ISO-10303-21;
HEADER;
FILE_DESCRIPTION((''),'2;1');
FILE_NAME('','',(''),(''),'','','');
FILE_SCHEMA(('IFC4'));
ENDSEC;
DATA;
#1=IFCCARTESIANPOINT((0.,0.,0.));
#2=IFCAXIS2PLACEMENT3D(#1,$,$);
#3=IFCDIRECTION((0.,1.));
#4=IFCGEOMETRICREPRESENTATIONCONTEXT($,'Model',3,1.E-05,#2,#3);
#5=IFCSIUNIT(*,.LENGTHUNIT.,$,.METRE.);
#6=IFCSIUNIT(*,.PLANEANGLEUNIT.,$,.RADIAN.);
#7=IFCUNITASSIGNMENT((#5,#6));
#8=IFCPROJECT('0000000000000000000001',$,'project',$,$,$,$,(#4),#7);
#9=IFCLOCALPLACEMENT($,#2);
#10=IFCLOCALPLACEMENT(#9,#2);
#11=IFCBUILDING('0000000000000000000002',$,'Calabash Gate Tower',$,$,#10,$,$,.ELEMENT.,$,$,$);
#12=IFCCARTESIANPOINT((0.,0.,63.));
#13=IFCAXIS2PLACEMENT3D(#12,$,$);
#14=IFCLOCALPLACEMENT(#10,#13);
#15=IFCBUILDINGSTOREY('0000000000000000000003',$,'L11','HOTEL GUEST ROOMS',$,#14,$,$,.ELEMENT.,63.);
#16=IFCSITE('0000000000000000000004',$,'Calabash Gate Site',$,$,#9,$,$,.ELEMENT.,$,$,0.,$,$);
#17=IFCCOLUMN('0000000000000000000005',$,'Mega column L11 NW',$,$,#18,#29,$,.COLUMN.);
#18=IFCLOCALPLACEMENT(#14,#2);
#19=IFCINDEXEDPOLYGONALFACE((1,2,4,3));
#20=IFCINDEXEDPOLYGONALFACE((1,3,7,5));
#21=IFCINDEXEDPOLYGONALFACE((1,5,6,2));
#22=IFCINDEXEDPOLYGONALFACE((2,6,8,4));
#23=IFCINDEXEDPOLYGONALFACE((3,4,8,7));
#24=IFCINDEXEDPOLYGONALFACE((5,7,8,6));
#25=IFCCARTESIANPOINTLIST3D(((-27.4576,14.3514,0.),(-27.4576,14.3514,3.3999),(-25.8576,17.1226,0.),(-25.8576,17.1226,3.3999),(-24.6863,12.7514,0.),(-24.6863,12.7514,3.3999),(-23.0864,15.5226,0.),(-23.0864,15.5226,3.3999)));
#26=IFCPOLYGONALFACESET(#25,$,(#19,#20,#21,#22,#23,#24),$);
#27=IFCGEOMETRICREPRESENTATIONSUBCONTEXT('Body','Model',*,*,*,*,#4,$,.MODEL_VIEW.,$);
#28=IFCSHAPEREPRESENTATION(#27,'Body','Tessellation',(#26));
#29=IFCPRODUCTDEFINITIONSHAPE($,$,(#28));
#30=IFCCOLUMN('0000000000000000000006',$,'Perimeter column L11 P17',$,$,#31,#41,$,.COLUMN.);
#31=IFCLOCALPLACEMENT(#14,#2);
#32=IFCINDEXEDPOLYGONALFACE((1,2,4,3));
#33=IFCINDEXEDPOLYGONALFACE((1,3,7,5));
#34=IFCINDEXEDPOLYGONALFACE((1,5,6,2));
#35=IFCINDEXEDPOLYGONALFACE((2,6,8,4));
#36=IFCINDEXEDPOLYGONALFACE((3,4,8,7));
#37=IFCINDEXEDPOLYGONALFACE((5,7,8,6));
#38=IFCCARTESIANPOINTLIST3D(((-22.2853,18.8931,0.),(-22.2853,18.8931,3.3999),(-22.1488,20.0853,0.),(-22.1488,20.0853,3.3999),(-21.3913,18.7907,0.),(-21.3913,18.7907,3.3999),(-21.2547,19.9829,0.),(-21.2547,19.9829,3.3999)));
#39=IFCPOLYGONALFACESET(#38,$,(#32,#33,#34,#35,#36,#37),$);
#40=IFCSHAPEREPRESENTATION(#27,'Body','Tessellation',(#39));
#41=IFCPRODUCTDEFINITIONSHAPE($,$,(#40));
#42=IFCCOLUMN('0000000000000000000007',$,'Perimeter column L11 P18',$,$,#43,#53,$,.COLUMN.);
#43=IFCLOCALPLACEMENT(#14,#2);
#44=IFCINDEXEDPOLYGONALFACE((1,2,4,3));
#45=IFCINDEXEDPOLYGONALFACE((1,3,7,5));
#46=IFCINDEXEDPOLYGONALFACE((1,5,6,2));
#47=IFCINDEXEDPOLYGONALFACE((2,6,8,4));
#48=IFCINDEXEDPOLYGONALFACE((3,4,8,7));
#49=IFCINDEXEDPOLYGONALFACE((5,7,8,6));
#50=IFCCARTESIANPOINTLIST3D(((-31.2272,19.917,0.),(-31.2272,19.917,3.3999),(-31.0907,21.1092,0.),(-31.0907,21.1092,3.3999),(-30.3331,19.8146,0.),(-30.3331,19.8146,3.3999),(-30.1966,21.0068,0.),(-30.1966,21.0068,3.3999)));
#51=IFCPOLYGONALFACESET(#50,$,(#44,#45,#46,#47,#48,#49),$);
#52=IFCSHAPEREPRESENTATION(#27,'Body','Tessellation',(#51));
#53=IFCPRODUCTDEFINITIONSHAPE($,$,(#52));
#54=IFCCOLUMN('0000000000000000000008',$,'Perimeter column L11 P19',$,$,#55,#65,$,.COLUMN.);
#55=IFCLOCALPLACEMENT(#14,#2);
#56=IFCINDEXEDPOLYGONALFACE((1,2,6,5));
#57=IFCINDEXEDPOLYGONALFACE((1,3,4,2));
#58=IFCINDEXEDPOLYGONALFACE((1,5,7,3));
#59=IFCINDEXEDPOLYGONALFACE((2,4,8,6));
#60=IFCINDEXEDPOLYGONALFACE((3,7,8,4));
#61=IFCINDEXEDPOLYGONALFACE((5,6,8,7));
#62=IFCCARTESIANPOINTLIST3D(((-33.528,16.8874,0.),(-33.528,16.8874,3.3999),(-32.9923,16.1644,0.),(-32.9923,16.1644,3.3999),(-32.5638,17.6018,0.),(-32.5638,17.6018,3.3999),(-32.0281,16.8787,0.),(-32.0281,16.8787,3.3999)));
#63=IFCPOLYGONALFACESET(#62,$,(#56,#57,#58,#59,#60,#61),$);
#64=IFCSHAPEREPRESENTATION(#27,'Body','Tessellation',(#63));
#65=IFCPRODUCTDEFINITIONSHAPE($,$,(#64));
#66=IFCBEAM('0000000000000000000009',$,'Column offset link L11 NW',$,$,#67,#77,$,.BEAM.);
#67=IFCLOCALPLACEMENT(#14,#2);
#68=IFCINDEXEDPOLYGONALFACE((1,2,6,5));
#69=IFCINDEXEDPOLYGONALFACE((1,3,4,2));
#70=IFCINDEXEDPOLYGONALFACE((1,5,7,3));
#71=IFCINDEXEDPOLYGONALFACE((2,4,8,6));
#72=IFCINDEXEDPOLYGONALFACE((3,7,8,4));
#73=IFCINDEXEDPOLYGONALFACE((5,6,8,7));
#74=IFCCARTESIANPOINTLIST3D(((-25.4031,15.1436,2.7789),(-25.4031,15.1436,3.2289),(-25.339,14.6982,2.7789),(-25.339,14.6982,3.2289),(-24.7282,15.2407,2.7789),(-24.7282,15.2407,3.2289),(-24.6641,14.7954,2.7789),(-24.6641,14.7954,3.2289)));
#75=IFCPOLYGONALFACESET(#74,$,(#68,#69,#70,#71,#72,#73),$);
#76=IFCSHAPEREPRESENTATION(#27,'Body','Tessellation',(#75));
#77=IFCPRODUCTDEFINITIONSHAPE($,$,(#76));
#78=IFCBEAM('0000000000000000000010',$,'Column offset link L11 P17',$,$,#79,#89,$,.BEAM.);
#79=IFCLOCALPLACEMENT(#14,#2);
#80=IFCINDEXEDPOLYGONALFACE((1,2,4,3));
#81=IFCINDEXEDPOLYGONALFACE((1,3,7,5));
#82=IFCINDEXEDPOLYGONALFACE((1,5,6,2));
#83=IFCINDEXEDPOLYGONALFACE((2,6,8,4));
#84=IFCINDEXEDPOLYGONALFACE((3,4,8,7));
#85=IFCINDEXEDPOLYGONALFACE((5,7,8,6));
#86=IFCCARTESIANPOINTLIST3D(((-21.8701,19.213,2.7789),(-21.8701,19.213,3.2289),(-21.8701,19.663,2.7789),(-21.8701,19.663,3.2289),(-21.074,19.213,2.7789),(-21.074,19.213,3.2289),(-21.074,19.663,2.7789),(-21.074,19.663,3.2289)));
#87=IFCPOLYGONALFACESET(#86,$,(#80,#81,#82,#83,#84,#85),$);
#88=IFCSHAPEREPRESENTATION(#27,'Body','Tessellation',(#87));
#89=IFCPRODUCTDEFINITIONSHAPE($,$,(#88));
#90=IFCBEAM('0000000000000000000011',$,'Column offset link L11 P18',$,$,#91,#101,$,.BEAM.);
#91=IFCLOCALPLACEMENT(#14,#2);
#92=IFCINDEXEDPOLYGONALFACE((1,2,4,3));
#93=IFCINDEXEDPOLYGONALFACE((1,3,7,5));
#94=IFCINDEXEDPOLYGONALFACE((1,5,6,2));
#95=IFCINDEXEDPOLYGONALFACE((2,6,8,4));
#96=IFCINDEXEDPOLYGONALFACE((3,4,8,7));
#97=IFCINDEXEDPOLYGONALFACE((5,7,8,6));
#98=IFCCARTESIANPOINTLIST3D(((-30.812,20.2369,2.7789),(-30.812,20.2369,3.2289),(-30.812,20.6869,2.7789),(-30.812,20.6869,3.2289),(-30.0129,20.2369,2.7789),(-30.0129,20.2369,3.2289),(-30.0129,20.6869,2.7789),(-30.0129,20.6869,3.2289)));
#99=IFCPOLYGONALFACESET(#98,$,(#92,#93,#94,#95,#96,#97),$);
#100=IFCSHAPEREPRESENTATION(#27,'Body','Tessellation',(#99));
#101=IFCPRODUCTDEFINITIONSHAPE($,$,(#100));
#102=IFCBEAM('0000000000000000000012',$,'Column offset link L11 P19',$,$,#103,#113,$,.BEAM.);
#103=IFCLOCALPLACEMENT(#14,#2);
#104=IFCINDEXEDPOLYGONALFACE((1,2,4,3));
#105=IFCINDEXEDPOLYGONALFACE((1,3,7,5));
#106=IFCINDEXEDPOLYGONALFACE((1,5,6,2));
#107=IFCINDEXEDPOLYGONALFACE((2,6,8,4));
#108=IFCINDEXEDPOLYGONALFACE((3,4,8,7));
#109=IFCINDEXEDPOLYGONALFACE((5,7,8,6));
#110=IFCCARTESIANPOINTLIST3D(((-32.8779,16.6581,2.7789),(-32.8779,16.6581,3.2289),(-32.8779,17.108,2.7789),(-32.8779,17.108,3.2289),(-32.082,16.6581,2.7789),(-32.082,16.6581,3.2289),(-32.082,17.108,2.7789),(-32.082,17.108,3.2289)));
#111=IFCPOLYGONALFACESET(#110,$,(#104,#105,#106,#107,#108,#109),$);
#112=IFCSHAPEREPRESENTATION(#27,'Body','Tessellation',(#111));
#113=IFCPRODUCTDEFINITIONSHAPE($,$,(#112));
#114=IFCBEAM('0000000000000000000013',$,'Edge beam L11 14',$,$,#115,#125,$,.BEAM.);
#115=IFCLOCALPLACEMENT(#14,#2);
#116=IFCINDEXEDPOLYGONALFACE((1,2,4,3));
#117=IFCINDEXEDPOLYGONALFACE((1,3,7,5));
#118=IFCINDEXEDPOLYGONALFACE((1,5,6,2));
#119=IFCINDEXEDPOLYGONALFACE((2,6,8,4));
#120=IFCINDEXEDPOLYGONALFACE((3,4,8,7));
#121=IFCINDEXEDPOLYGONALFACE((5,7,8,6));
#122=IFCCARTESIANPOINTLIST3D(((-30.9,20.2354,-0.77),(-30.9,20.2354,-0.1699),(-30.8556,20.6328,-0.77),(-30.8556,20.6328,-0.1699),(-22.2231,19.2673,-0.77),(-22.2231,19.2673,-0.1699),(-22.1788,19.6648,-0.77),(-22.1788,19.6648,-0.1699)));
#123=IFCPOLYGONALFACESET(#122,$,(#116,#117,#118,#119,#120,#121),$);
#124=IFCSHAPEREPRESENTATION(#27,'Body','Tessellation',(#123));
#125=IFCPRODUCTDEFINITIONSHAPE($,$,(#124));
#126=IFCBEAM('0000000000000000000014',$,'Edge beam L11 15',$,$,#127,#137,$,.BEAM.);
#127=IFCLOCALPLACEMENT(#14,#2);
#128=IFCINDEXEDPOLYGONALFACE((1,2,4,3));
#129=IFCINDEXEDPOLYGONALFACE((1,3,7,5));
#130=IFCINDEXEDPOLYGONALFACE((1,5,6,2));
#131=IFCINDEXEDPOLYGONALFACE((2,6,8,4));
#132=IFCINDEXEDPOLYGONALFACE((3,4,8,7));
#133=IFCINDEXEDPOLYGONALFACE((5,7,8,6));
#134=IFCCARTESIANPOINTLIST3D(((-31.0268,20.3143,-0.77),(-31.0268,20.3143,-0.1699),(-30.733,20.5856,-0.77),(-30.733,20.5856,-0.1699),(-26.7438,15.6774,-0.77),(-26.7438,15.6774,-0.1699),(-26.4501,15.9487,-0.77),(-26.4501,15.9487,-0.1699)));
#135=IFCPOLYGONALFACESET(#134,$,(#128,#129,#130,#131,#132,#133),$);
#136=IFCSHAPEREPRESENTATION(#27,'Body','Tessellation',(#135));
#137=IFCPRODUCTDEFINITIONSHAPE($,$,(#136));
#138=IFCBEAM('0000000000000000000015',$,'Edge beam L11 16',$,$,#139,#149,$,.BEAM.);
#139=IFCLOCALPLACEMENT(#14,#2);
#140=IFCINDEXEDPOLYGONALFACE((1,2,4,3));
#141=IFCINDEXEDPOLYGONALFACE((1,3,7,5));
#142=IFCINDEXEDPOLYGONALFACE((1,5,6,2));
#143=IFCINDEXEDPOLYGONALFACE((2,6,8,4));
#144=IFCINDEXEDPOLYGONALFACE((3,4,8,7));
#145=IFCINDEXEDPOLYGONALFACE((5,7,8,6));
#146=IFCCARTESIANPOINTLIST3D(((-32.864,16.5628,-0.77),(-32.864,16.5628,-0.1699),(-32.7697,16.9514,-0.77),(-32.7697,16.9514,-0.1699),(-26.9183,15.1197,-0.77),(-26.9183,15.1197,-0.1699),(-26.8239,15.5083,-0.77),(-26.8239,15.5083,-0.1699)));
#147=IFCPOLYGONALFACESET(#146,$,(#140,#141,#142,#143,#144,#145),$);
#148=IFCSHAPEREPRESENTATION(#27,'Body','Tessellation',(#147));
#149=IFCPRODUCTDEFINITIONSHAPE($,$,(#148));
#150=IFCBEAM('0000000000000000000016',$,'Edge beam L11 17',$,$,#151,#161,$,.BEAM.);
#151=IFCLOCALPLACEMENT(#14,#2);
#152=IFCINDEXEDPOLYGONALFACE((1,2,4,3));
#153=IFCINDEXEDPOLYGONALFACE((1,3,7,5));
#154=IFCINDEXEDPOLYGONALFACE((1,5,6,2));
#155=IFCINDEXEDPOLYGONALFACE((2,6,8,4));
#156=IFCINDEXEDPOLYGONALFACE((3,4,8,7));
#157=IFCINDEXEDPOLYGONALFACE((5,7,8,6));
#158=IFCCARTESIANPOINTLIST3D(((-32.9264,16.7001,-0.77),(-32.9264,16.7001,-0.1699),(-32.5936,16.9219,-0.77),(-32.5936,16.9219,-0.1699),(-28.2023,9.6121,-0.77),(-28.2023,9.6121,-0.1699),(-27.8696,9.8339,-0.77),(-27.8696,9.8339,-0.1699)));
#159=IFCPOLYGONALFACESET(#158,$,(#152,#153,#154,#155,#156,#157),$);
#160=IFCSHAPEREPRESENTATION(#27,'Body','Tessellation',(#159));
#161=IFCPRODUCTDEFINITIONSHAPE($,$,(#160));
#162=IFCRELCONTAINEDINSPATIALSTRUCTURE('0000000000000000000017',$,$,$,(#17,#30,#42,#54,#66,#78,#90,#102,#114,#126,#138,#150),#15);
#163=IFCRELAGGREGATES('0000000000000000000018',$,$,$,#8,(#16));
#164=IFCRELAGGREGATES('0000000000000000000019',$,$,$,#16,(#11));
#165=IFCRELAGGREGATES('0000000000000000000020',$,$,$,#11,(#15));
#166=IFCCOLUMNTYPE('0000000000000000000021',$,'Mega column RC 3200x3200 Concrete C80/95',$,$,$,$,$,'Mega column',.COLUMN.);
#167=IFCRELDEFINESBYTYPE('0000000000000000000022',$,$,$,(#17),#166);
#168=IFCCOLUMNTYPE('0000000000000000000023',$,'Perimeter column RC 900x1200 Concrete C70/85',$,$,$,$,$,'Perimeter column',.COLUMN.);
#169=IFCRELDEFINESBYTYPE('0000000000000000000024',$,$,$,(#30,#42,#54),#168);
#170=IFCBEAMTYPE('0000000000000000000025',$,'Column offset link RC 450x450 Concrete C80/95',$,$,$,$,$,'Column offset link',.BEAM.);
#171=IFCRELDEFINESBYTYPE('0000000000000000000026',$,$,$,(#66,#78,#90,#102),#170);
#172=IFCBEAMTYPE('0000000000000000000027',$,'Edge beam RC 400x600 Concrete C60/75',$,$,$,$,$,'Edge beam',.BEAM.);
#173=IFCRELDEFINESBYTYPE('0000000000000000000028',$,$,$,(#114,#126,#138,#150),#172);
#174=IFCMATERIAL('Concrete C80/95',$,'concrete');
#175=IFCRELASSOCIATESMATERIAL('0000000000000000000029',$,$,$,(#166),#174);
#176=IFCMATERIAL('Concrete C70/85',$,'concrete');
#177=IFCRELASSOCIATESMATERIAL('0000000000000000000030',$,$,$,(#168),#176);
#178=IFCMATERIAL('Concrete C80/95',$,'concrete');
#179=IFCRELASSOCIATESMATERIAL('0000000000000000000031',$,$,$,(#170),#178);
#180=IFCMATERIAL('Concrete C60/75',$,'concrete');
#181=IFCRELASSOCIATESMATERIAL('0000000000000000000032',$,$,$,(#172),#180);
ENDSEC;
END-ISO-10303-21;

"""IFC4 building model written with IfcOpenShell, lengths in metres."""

from ifc_helpers import new_model, si_unit, direction, frame, origin, origin_2d, place, context, subcontext, project, spatial, rectangle, extrude, material, material_profile, profile_set, type_object, element, save


model = new_model("IFC4")

# Units and contexts
model_context = context("Model", 3, precision=1e-05, world=origin(), true_north=direction((0.0, 1.0)))
body_context = subcontext(model_context, "Body", "Model", "MODEL_VIEW")
ifc_project = project(units=[si_unit("LENGTHUNIT", "METRE"), si_unit("PLANEANGLEUNIT", "RADIAN")], contexts=[model_context])

# Site, building, storey
site_placement = place(None, origin())
site = spatial("IfcSite", under=ifc_project, at=site_placement, Name="Calabash Gate Site", CompositionType="ELEMENT", RefElevation=0.0)
building_placement = place(site_placement, origin())
building = spatial("IfcBuilding", under=site, at=building_placement, Name="Calabash Gate Tower", CompositionType="ELEMENT")
storey_placement = place(building_placement, frame((0.0, 0.0, 63.0)))
storey = spatial("IfcBuildingStorey", under=building, at=storey_placement, Name="L11", Description="HOTEL GUEST ROOMS", CompositionType="ELEMENT", Elevation=63.0)

# Columns
ifc_material_1 = material(Name="Concrete C80/95", Category="concrete")
ifc_material_profile_1 = material_profile(ifc_material_1, rectangle(XDim=3.2, YDim=3.2, at=origin_2d()))
ifc_profile_set_1 = profile_set([ifc_material_profile_1], Name="Concrete C80/95")
column_type_1 = type_object("IfcColumnType", Name="Mega column RC 3200x3200 Concrete C80/95", ElementType="Mega column", PredefinedType="COLUMN", material=ifc_profile_set_1)
column_placement = place(storey_placement, frame((-25.272, 14.937, 0.0), z_axis=(0.0, 0.0, 1.0), x_axis=(0.866025, -0.5, 0.0)))
element("IfcColumn", 1, at=column_placement, inside=storey, type_object=column_type_1, Name="Mega column L11 NW", PredefinedType="COLUMN", context=body_context, shape_type="SweptSolid", body=[
    extrude(rectangle(XDim=3.2, YDim=3.2, at=origin_2d()), origin(), (0.0, 0.0, 1.0), 3.3999),
])
ifc_material_2 = material(Name="Concrete C70/85", Category="concrete")
ifc_material_profile_2 = material_profile(ifc_material_2, rectangle(XDim=0.8999, YDim=1.2, at=origin_2d()))
ifc_profile_set_2 = profile_set([ifc_material_profile_2], Name="Concrete C70/85")
column_type_2 = type_object("IfcColumnType", Name="Perimeter column RC 900x1200 Concrete C70/85", ElementType="Perimeter column", PredefinedType="COLUMN", material=ifc_profile_set_2)
for number, where, z_axis, x_axis, name in (
    (2, (-21.77, 19.438, 0.0), (0.0, 0.0, 1.0), (-0.993506, 0.113777, 0.0), "Perimeter column L11 P17"),
    (3, (-30.7119, 20.4619, 0.0), (0.0, 0.0, 1.0), (-0.993506, 0.113777, 0.0), "Perimeter column L11 P18"),
    (4, (-32.7781, 16.8831, 0.0), (0.0, 0.0, 1.0), (0.595287, -0.803513, 0.0), "Perimeter column L11 P19"),
):
    element("IfcColumn", number, at=place(storey_placement, frame(where, z_axis=z_axis, x_axis=x_axis)), inside=storey, type_object=column_type_2, Name=name, PredefinedType="COLUMN", context=body_context, shape_type="SweptSolid", body=[
        extrude(rectangle(XDim=0.8999, YDim=1.2, at=origin_2d()), origin(), (0.0, 0.0, 1.0), 3.3999),
    ])

# Beams
ifc_material_3 = material(Name="Concrete C80/95", Category="concrete")
ifc_material_profile_3 = material_profile(ifc_material_3, rectangle(XDim=0.45, YDim=0.45, at=origin_2d()))
ifc_profile_set_3 = profile_set([ifc_material_profile_3], Name="Concrete C80/95")
beam_type_1 = type_object("IfcBeamType", Name="Column offset link RC 450x450 Concrete C80/95", ElementType="Column offset link", PredefinedType="BEAM", material=ifc_profile_set_3)
beam_1_placement = place(storey_placement, frame((-25.3711, 14.9209, 3.0039), z_axis=(0.989799, 0.142474, 0.0), x_axis=(-0.142474, 0.989799, 0.0)))
element("IfcBeam", 5, at=beam_1_placement, inside=storey, type_object=beam_type_1, Name="Column offset link L11 NW", PredefinedType="BEAM", context=body_context, shape_type="SweptSolid", body=[
    extrude(rectangle(XDim=0.45, YDim=0.45, at=origin_2d()), origin(), (0.0, 0.0, 1.0), 0.6819),
])
beam_2_placement = place(storey_placement, frame((-21.8701, 19.438, 3.0039), z_axis=(1.0, 0.0, 0.0), x_axis=(0.0, 1.0, 0.0)))
element("IfcBeam", 6, at=beam_2_placement, inside=storey, type_object=beam_type_1, Name="Column offset link L11 P17", PredefinedType="BEAM", context=body_context, shape_type="SweptSolid", body=[
    extrude(rectangle(XDim=0.45, YDim=0.45, at=origin_2d()), origin(), (0.0, 0.0, 1.0), 0.7961),
])
beam_3_placement = place(storey_placement, frame((-30.812, 20.4619, 3.0039), z_axis=(1.0, 0.0, 0.0), x_axis=(0.0, 1.0, 0.0)))
element("IfcBeam", 7, at=beam_3_placement, inside=storey, type_object=beam_type_1, Name="Column offset link L11 P18", PredefinedType="BEAM", context=body_context, shape_type="SweptSolid", body=[
    extrude(rectangle(XDim=0.45, YDim=0.45, at=origin_2d()), origin(), (0.0, 0.0, 1.0), 0.7991),
])
beam_4_placement = place(storey_placement, frame((-32.8779, 16.8831, 3.0039), z_axis=(1.0, 0.0, 0.0), x_axis=(0.0, 1.0, 0.0)))
element("IfcBeam", 8, at=beam_4_placement, inside=storey, type_object=beam_type_1, Name="Column offset link L11 P19", PredefinedType="BEAM", context=body_context, shape_type="SweptSolid", body=[
    extrude(rectangle(XDim=0.45, YDim=0.45, at=origin_2d()), origin(), (0.0, 0.0, 1.0), 0.7959),
])
ifc_material_4 = material(Name="Concrete C60/75", Category="concrete")
ifc_material_profile_4 = material_profile(ifc_material_4, rectangle(XDim=0.3999, YDim=0.6001, at=origin_2d()))
ifc_profile_set_4 = profile_set([ifc_material_profile_4], Name="Concrete C60/75")
beam_type_2 = type_object("IfcBeamType", Name="Edge beam RC 400x600 Concrete C60/75", ElementType="Edge beam", PredefinedType="BEAM", material=ifc_profile_set_4)
beam_5_placement = place(storey_placement, frame((-22.2009, 19.4661, -0.47), z_axis=(-0.993835, 0.110873, 0.0), x_axis=(-0.110873, -0.993835, 0.0)))
element("IfcBeam", 9, at=beam_5_placement, inside=storey, type_object=beam_type_2, Name="Edge beam L11 14", PredefinedType="BEAM", context=body_context, shape_type="SweptSolid", body=[
    extrude(rectangle(XDim=0.3999, YDim=0.6001, at=origin_2d()), origin(), (0.0, 0.0, 1.0), 8.7307),
])
beam_6_placement = place(storey_placement, frame((-30.8799, 20.45, -0.47), z_axis=(0.67851, -0.734591, 0.0), x_axis=(0.734591, 0.67851, 0.0)))
element("IfcBeam", 10, at=beam_6_placement, inside=storey, type_object=beam_type_2, Name="Edge beam L11 15", PredefinedType="BEAM", context=body_context, shape_type="SweptSolid", body=[
    extrude(rectangle(XDim=0.3999, YDim=0.6001, at=origin_2d()), origin(), (0.0, 0.0, 1.0), 6.3123),
])
beam_7_placement = place(storey_placement, frame((-26.8711, 15.314, -0.47), z_axis=(-0.971786, 0.235864, 0.0), x_axis=(-0.235864, -0.971786, 0.0)))
element("IfcBeam", 11, at=beam_7_placement, inside=storey, type_object=beam_type_2, Name="Edge beam L11 16", PredefinedType="BEAM", context=body_context, shape_type="SweptSolid", body=[
    extrude(rectangle(XDim=0.3999, YDim=0.6001, at=origin_2d()), origin(), (0.0, 0.0, 1.0), 6.1184),
])
beam_8_placement = place(storey_placement, frame((-32.76, 16.811, -0.47), z_axis=(0.554594, -0.832121, 0.0), x_axis=(0.832121, 0.554594, 0.0)))
element("IfcBeam", 12, at=beam_8_placement, inside=storey, type_object=beam_type_2, Name="Edge beam L11 17", PredefinedType="BEAM", context=body_context, shape_type="SweptSolid", body=[
    extrude(rectangle(XDim=0.3999, YDim=0.6001, at=origin_2d()), origin(), (0.0, 0.0, 1.0), 8.5181),
])

save(model, "model.ifc")
